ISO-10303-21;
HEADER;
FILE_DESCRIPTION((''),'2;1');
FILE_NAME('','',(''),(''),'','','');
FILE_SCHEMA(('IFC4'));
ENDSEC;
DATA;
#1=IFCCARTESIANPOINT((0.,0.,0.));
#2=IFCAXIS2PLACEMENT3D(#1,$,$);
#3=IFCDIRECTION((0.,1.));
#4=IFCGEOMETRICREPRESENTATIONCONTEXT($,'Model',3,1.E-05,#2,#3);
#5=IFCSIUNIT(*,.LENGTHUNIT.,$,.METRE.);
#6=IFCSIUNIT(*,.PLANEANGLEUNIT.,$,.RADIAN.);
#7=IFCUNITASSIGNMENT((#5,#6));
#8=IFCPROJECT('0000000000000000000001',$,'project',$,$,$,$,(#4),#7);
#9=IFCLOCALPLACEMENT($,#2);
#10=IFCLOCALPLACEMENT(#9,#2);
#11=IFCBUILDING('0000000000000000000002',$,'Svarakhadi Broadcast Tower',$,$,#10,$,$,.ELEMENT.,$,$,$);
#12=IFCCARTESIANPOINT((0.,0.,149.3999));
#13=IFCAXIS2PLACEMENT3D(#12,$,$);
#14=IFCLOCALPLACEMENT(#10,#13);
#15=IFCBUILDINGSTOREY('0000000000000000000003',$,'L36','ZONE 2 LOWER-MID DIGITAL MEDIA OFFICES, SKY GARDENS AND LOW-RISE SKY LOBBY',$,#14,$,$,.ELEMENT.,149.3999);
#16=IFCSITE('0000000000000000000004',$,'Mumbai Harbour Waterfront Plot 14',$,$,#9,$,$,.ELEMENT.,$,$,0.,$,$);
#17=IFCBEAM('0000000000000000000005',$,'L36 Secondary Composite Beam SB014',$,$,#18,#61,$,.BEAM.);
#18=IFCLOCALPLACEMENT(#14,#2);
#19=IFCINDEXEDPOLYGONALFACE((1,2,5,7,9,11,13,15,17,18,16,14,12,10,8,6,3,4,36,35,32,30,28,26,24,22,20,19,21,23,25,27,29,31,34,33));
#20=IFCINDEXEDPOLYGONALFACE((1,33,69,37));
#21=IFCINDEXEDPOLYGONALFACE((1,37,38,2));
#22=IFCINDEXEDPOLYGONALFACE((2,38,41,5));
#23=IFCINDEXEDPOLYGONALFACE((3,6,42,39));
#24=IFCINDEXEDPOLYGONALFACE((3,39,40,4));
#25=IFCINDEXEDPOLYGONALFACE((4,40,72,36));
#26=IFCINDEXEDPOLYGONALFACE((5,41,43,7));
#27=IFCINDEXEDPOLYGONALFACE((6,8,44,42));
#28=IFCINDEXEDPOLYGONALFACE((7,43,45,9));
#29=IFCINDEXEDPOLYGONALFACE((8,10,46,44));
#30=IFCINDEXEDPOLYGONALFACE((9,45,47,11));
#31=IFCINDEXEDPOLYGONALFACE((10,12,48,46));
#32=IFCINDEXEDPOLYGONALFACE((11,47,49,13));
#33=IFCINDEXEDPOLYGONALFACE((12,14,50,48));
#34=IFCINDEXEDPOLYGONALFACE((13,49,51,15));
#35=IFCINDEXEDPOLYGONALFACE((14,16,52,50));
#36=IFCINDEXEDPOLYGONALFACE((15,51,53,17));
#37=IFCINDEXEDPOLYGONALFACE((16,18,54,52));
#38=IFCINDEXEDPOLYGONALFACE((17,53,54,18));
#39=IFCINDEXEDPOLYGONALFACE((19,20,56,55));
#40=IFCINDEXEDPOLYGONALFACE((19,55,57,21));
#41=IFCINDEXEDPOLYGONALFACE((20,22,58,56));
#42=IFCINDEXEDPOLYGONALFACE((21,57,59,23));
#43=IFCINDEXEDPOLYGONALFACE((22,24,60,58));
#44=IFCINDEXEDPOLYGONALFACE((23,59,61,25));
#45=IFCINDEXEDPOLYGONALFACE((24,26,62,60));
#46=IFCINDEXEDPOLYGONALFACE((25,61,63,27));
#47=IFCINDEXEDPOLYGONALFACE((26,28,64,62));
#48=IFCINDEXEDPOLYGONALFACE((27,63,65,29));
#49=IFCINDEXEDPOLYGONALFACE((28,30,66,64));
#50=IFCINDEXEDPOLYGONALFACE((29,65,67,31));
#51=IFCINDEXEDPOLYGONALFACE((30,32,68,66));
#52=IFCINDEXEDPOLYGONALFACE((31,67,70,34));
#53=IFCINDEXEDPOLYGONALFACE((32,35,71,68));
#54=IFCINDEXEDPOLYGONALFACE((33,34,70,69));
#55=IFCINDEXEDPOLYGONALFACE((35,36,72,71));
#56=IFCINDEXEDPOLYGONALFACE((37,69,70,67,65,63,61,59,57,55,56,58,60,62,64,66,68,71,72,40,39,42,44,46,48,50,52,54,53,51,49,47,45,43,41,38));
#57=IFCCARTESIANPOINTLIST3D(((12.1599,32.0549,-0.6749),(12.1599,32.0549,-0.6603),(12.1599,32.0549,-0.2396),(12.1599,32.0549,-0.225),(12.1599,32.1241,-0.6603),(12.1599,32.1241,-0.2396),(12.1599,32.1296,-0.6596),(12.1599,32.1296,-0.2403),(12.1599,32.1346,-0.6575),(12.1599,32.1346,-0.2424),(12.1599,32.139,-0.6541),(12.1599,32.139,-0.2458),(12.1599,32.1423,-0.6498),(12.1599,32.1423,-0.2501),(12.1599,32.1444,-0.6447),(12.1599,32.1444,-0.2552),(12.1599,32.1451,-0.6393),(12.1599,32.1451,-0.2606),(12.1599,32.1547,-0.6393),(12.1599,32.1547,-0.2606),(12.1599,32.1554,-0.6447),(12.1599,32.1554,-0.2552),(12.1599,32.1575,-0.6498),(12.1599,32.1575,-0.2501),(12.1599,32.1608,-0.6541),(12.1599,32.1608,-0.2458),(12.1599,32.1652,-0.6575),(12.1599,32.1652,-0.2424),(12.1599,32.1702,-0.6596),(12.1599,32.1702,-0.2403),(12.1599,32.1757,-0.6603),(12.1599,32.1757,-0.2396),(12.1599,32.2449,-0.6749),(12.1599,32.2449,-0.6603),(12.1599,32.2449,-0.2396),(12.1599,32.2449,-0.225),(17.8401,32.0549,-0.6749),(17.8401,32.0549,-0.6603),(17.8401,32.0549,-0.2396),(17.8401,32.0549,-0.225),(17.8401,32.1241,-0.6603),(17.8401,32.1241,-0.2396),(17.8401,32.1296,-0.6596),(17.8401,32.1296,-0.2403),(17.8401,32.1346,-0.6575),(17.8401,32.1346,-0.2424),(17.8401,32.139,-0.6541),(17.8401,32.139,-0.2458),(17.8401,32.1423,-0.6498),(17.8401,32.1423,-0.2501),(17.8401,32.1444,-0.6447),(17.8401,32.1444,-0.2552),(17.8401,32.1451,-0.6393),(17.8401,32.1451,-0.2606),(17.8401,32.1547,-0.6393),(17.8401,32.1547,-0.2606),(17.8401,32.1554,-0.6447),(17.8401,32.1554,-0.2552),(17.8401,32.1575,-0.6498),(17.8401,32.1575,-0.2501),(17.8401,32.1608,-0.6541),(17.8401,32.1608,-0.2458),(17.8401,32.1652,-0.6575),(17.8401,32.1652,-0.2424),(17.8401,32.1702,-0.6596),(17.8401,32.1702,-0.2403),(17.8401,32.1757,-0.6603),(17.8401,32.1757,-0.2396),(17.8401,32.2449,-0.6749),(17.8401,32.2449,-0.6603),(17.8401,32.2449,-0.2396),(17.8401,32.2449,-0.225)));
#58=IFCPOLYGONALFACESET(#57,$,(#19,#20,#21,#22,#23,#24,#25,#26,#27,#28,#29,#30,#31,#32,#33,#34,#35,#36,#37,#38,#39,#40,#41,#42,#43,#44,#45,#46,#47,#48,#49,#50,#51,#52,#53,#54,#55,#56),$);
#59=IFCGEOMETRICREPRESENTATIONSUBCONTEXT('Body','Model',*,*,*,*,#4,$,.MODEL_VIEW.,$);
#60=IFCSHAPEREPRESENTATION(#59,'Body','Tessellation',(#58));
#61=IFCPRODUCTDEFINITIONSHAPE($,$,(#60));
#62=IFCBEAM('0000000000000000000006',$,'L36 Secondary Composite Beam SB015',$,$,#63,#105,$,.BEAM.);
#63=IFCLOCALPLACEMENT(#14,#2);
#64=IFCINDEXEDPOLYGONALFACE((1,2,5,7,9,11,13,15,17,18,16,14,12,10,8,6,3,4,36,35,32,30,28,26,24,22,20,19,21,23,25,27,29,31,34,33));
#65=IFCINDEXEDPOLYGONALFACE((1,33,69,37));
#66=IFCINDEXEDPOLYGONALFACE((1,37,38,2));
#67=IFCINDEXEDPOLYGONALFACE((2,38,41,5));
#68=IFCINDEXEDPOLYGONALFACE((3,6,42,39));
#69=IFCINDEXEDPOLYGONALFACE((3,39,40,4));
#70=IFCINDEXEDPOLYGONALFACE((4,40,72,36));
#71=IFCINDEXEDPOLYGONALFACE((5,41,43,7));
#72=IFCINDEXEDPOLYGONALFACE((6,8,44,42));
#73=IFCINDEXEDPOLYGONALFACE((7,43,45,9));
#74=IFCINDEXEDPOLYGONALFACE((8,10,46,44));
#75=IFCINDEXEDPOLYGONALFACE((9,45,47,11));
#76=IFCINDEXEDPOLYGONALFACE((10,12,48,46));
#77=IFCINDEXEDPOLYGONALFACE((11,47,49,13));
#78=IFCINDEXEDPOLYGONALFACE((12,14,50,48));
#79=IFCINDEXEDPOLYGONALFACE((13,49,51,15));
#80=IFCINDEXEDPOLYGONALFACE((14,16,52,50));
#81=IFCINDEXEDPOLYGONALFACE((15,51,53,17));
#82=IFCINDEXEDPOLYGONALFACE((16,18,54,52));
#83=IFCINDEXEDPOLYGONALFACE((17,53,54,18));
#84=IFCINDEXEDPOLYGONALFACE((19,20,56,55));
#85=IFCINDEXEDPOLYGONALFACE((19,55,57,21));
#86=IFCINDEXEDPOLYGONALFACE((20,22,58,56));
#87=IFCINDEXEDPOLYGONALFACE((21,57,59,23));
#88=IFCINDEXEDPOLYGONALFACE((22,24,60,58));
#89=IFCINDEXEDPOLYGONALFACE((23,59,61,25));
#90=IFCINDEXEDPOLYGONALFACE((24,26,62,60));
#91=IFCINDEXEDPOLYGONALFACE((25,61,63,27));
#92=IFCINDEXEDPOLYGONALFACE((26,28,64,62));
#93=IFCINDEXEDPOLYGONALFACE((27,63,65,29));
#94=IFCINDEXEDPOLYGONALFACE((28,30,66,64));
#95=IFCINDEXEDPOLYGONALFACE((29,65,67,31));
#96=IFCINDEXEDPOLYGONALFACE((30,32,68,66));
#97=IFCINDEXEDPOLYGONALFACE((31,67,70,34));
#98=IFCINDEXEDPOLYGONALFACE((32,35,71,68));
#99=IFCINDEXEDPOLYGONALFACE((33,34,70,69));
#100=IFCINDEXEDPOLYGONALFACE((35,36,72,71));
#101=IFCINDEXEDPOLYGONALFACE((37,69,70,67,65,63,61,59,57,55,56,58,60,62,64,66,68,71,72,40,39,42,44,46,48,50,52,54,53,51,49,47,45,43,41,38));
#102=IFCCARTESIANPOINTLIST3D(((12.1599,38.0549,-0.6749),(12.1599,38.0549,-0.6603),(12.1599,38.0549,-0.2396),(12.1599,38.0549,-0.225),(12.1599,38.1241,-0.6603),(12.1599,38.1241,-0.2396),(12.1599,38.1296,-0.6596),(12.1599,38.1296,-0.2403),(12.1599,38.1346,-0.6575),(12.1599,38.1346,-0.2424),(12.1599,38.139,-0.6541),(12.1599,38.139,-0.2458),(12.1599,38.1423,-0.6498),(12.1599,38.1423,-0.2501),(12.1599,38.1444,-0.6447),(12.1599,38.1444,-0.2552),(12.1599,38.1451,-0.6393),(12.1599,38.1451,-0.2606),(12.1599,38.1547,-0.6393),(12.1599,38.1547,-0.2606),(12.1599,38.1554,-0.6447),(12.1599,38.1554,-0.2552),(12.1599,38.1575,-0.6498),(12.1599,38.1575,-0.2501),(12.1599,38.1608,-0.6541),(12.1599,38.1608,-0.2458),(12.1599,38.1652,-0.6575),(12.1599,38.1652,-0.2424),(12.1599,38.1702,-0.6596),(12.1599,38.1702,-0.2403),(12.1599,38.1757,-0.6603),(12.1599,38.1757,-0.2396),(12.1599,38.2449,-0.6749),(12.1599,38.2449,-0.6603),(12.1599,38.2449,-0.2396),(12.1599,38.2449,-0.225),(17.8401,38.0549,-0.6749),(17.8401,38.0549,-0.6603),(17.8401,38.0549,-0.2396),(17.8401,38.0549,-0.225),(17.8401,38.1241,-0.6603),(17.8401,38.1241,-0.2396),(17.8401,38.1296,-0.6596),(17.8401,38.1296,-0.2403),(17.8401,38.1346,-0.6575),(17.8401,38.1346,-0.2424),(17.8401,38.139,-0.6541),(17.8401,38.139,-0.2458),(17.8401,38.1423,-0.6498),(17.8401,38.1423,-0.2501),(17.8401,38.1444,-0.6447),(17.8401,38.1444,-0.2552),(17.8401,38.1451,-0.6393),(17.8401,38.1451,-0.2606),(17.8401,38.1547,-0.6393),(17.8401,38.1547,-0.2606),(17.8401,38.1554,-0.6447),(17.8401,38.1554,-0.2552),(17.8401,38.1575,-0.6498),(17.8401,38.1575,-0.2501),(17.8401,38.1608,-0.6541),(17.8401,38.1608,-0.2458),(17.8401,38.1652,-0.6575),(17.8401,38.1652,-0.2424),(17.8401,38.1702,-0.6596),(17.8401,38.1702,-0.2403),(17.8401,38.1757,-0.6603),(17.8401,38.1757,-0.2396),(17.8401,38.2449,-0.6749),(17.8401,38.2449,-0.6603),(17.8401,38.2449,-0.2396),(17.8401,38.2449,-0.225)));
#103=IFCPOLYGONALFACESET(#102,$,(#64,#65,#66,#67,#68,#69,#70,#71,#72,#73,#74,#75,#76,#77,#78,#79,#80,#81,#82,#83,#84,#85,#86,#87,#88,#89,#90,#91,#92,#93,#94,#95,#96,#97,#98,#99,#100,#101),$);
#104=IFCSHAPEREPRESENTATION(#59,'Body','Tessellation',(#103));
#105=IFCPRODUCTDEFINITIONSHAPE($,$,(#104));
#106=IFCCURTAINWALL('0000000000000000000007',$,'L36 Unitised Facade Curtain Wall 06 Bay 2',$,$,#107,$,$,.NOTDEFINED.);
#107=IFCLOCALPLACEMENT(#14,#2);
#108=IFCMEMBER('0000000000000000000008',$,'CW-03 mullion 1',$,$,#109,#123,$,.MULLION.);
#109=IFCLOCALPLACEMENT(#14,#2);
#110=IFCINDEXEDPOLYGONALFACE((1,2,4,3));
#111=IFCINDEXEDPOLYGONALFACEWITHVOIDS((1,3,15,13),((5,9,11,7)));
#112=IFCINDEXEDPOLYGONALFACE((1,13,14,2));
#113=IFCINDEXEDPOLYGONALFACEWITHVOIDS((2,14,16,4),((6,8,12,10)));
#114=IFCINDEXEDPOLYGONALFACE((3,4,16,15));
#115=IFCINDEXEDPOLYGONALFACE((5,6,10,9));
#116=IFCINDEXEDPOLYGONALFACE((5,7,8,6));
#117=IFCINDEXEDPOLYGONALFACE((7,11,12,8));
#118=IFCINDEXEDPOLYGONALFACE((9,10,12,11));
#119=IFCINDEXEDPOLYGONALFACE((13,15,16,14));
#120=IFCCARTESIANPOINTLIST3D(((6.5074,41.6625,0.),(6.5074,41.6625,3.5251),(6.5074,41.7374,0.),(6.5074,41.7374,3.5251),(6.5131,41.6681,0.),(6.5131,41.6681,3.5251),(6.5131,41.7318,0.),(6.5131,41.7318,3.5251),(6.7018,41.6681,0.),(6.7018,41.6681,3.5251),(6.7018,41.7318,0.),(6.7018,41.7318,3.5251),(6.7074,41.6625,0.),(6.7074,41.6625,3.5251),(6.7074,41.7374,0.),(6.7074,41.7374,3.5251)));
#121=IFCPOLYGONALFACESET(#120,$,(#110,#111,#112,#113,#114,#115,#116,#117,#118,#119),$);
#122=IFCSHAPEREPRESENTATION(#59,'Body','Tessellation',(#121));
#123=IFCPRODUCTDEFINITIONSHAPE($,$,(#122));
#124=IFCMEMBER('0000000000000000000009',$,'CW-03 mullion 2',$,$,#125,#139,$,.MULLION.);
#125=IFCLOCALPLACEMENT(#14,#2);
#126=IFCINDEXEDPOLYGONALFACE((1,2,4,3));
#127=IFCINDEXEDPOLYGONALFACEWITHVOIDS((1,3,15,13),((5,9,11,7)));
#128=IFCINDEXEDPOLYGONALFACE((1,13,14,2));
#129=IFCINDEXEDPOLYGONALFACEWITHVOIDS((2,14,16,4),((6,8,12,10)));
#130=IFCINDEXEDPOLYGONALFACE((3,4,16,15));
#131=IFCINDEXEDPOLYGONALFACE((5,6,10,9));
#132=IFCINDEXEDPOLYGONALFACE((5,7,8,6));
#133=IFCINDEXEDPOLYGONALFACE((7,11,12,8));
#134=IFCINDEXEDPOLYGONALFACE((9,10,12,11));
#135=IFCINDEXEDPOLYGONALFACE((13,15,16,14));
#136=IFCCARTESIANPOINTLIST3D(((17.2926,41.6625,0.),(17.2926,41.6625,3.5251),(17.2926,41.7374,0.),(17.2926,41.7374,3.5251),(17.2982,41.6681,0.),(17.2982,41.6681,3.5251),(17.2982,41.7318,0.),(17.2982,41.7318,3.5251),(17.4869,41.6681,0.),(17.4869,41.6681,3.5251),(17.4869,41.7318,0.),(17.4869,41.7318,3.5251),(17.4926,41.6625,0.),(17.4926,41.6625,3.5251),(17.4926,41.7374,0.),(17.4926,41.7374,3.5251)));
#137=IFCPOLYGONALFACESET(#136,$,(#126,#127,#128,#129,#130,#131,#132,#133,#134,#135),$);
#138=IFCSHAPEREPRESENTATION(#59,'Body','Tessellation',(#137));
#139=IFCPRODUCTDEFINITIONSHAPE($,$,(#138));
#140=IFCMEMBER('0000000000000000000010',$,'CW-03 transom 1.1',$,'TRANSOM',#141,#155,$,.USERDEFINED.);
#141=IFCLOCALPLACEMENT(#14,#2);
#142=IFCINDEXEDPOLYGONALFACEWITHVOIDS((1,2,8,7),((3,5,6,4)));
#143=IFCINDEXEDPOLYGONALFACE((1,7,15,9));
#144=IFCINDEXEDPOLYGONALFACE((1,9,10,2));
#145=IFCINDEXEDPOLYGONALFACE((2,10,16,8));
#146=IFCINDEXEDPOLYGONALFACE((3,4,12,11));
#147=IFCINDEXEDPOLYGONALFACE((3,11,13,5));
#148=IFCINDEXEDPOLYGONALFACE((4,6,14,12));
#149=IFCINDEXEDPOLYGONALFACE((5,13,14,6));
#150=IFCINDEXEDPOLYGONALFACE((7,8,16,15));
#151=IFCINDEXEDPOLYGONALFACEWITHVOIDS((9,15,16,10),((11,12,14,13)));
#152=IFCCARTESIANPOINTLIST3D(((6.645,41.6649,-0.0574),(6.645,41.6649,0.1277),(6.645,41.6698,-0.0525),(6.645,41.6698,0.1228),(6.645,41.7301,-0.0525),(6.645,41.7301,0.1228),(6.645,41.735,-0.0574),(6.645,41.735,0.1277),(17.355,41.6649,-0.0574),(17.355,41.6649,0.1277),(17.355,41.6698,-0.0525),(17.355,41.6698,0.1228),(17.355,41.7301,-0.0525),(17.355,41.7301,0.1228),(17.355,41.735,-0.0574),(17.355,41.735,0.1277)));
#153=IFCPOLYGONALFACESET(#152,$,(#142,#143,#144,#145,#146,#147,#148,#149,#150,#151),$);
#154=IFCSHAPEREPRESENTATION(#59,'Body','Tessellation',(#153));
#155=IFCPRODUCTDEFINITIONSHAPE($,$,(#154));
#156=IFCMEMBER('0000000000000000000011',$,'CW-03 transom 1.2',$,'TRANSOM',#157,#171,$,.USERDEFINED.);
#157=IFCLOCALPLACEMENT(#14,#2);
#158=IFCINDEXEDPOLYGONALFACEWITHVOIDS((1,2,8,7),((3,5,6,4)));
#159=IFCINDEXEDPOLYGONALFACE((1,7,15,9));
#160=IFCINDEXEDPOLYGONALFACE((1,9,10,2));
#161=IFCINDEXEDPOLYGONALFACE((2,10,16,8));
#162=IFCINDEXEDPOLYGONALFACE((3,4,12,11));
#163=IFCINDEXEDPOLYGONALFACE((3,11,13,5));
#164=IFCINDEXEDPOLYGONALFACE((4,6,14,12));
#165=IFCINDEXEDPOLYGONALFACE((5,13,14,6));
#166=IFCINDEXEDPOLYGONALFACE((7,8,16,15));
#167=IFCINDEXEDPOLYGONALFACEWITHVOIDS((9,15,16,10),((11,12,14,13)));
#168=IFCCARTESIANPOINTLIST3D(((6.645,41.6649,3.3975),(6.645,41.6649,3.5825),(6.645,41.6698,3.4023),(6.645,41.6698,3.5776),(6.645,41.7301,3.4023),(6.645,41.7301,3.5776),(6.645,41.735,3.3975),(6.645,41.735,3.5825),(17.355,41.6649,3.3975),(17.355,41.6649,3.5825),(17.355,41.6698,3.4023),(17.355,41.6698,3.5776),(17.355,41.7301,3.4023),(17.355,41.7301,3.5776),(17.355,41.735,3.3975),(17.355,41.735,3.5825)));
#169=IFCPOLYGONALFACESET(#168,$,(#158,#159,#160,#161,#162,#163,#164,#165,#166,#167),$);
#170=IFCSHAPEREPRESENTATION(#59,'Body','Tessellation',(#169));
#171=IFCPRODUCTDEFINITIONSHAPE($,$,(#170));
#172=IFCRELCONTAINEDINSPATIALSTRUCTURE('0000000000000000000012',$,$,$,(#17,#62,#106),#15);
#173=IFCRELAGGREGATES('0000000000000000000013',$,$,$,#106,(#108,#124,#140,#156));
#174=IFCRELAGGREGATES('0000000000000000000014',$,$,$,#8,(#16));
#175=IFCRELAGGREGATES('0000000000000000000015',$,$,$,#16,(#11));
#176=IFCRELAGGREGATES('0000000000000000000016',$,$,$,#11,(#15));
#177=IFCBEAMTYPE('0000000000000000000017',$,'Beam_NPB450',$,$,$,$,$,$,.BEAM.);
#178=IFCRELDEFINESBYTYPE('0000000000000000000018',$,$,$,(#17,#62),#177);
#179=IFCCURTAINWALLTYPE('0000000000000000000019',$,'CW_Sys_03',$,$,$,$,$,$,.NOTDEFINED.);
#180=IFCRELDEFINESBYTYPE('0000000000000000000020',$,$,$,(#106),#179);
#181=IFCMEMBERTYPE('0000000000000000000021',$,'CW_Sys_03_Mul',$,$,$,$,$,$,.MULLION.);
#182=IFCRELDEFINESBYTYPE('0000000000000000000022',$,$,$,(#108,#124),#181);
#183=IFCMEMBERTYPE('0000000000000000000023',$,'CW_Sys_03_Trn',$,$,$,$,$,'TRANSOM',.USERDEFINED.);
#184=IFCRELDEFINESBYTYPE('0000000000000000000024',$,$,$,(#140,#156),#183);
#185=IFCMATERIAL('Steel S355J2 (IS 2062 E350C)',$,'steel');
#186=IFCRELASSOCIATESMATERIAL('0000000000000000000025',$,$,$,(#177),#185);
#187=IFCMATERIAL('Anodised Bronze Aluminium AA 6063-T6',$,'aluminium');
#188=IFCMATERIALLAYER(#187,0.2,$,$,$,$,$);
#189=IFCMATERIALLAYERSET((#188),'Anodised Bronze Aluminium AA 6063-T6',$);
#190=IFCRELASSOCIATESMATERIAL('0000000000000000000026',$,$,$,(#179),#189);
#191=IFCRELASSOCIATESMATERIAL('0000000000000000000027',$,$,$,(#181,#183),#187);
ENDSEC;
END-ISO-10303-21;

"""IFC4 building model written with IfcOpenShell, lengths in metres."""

from ifc_helpers import new_model, si_unit, direction, frame, origin, origin_2d, place, context, subcontext, project, spatial, hollow_rectangle, i_section, extrude, material, layer, layer_set, material_profile, profile_set, type_object, element, aggregate, save


model = new_model("IFC4")

# Units and contexts
model_context = context("Model", 3, precision=1e-05, world=origin(), true_north=direction((0.0, 1.0)))
body_context = subcontext(model_context, "Body", "Model", "MODEL_VIEW")
ifc_project = project(units=[si_unit("LENGTHUNIT", "METRE"), si_unit("PLANEANGLEUNIT", "RADIAN")], contexts=[model_context])

# Site, building, storey
site_placement = place(None, origin())
site = spatial("IfcSite", under=ifc_project, at=site_placement, Name="Mumbai Harbour Waterfront Plot 14", CompositionType="ELEMENT", RefElevation=0.0)
building_placement = place(site_placement, origin())
building = spatial("IfcBuilding", under=site, at=building_placement, Name="Svarakhadi Broadcast Tower", CompositionType="ELEMENT")
storey_placement = place(building_placement, frame((0.0, 0.0, 149.3999)))
storey = spatial("IfcBuildingStorey", under=building, at=storey_placement, Name="L36", Description="ZONE 2 LOWER-MID DIGITAL MEDIA OFFICES, SKY GARDENS AND LOW-RISE SKY LOBBY", CompositionType="ELEMENT", Elevation=149.3999)

# Beams
ifc_material_1 = material(Name="Steel S355J2 (IS 2062 E350C)", Category="steel")
ifc_material_profile_1 = material_profile(ifc_material_1, i_section(OverallWidth=0.1899, OverallDepth=0.45, WebThickness=0.0095, FlangeThickness=0.0146, FilletRadius=0.021, at=origin_2d()), Name="NPB 450x190x78")
ifc_profile_set_1 = profile_set([ifc_material_profile_1], Name="Steel S355J2 (IS 2062 E350C)")
beam_type_1 = type_object("IfcBeamType", Name="Beam_NPB450", PredefinedType="BEAM", material=ifc_profile_set_1)
for number, where, z_axis, x_axis, name in (
    (1, (12.1599, 32.1499, -0.45), (1.0, 0.0, 0.0), (0.0, 1.0, 0.0), "L36 Secondary Composite Beam SB014"),
    (2, (12.1599, 38.1499, -0.45), (1.0, 0.0, 0.0), (0.0, 1.0, 0.0), "L36 Secondary Composite Beam SB015"),
):
    element("IfcBeam", number, at=place(storey_placement, frame(where, z_axis=z_axis, x_axis=x_axis)), inside=storey, type_object=beam_type_1, Name=name, PredefinedType="BEAM", context=body_context, shape_type="SweptSolid", body=[
        extrude(i_section(OverallWidth=0.1899, OverallDepth=0.45, WebThickness=0.0095, FlangeThickness=0.0146, FilletRadius=0.021, at=origin_2d()), origin(), (0.0, 0.0, 1.0), 5.6802),
    ])

# Curtain wall, members
ifc_material_2 = material(Name="Anodised Bronze Aluminium AA 6063-T6", Category="aluminium")
ifc_layer_1 = layer(ifc_material_2, 0.2)
ifc_layer_set_1 = layer_set([ifc_layer_1], Name="Anodised Bronze Aluminium AA 6063-T6")
curtain_wall_type = type_object("IfcCurtainWallType", Name="CW_Sys_03", PredefinedType="NOTDEFINED", material=ifc_layer_set_1)
curtain_wall_placement = place(storey_placement, origin())
curtain_wall = element("IfcCurtainWall", 3, at=curtain_wall_placement, inside=storey, type_object=curtain_wall_type, Name="L36 Unitised Facade Curtain Wall 06 Bay 2", PredefinedType="NOTDEFINED")
ifc_material_profile_2 = material_profile(ifc_material_2, hollow_rectangle(XDim=0.075, YDim=0.2, WallThickness=0.0056, at=origin_2d()), Name="ALU MULLION 200x75x6")
ifc_profile_set_2 = profile_set([ifc_material_profile_2], Name="Anodised Bronze Aluminium AA 6063-T6")
member_type_1 = type_object("IfcMemberType", Name="CW_Sys_03_Mul", PredefinedType="MULLION", material=ifc_profile_set_2)
member_1_placement = place(storey_placement, frame((6.6074, 41.7, 0.0), z_axis=(0.0, 0.0, 1.0), x_axis=(0.0, 1.0, 0.0)))
member_1 = element("IfcMember", 4, at=member_1_placement, type_object=member_type_1, Name="CW-03 mullion 1", PredefinedType="MULLION", context=body_context, shape_type="SweptSolid", body=[
    extrude(hollow_rectangle(XDim=0.075, YDim=0.2, WallThickness=0.0056, at=origin_2d()), origin(), (0.0, 0.0, 1.0), 3.5251),
])
member_2_placement = place(storey_placement, frame((17.3926, 41.7, 0.0), z_axis=(0.0, 0.0, 1.0), x_axis=(0.0, 1.0, 0.0)))
member_2 = element("IfcMember", 5, at=member_2_placement, type_object=member_type_1, Name="CW-03 mullion 2", PredefinedType="MULLION", context=body_context, shape_type="SweptSolid", body=[
    extrude(hollow_rectangle(XDim=0.075, YDim=0.2, WallThickness=0.0056, at=origin_2d()), origin(), (0.0, 0.0, 1.0), 3.5251),
])
ifc_material_profile_3 = material_profile(ifc_material_2, hollow_rectangle(XDim=0.0701, YDim=0.1851, WallThickness=0.0049, at=origin_2d()), Name="ALU TRANSOM 185x70x5")
ifc_profile_set_3 = profile_set([ifc_material_profile_3], Name="Anodised Bronze Aluminium AA 6063-T6")
member_type_2 = type_object("IfcMemberType", Name="CW_Sys_03_Trn", ElementType="TRANSOM", PredefinedType="USERDEFINED", material=ifc_profile_set_3)
member_3_placement = place(storey_placement, frame((6.645, 41.7, 0.0352), z_axis=(1.0, 0.0, 0.0), x_axis=(0.0, 1.0, 0.0)))
member_3 = element("IfcMember", 6, at=member_3_placement, type_object=member_type_2, Name="CW-03 transom 1.1", ObjectType="TRANSOM", PredefinedType="USERDEFINED", context=body_context, shape_type="SweptSolid", body=[
    extrude(hollow_rectangle(XDim=0.0701, YDim=0.1851, WallThickness=0.0049, at=origin_2d()), origin(), (0.0, 0.0, 1.0), 10.71),
])
member_4_placement = place(storey_placement, frame((6.645, 41.7, 3.49), z_axis=(1.0, 0.0, 0.0), x_axis=(0.0, 1.0, 0.0)))
member_4 = element("IfcMember", 7, at=member_4_placement, type_object=member_type_2, Name="CW-03 transom 1.2", ObjectType="TRANSOM", PredefinedType="USERDEFINED", context=body_context, shape_type="SweptSolid", body=[
    extrude(hollow_rectangle(XDim=0.0701, YDim=0.1851, WallThickness=0.0049, at=origin_2d()), origin(), (0.0, 0.0, 1.0), 10.71),
])

aggregate(curtain_wall, [member_1, member_2, member_3, member_4])

save(model, "model.ifc")
